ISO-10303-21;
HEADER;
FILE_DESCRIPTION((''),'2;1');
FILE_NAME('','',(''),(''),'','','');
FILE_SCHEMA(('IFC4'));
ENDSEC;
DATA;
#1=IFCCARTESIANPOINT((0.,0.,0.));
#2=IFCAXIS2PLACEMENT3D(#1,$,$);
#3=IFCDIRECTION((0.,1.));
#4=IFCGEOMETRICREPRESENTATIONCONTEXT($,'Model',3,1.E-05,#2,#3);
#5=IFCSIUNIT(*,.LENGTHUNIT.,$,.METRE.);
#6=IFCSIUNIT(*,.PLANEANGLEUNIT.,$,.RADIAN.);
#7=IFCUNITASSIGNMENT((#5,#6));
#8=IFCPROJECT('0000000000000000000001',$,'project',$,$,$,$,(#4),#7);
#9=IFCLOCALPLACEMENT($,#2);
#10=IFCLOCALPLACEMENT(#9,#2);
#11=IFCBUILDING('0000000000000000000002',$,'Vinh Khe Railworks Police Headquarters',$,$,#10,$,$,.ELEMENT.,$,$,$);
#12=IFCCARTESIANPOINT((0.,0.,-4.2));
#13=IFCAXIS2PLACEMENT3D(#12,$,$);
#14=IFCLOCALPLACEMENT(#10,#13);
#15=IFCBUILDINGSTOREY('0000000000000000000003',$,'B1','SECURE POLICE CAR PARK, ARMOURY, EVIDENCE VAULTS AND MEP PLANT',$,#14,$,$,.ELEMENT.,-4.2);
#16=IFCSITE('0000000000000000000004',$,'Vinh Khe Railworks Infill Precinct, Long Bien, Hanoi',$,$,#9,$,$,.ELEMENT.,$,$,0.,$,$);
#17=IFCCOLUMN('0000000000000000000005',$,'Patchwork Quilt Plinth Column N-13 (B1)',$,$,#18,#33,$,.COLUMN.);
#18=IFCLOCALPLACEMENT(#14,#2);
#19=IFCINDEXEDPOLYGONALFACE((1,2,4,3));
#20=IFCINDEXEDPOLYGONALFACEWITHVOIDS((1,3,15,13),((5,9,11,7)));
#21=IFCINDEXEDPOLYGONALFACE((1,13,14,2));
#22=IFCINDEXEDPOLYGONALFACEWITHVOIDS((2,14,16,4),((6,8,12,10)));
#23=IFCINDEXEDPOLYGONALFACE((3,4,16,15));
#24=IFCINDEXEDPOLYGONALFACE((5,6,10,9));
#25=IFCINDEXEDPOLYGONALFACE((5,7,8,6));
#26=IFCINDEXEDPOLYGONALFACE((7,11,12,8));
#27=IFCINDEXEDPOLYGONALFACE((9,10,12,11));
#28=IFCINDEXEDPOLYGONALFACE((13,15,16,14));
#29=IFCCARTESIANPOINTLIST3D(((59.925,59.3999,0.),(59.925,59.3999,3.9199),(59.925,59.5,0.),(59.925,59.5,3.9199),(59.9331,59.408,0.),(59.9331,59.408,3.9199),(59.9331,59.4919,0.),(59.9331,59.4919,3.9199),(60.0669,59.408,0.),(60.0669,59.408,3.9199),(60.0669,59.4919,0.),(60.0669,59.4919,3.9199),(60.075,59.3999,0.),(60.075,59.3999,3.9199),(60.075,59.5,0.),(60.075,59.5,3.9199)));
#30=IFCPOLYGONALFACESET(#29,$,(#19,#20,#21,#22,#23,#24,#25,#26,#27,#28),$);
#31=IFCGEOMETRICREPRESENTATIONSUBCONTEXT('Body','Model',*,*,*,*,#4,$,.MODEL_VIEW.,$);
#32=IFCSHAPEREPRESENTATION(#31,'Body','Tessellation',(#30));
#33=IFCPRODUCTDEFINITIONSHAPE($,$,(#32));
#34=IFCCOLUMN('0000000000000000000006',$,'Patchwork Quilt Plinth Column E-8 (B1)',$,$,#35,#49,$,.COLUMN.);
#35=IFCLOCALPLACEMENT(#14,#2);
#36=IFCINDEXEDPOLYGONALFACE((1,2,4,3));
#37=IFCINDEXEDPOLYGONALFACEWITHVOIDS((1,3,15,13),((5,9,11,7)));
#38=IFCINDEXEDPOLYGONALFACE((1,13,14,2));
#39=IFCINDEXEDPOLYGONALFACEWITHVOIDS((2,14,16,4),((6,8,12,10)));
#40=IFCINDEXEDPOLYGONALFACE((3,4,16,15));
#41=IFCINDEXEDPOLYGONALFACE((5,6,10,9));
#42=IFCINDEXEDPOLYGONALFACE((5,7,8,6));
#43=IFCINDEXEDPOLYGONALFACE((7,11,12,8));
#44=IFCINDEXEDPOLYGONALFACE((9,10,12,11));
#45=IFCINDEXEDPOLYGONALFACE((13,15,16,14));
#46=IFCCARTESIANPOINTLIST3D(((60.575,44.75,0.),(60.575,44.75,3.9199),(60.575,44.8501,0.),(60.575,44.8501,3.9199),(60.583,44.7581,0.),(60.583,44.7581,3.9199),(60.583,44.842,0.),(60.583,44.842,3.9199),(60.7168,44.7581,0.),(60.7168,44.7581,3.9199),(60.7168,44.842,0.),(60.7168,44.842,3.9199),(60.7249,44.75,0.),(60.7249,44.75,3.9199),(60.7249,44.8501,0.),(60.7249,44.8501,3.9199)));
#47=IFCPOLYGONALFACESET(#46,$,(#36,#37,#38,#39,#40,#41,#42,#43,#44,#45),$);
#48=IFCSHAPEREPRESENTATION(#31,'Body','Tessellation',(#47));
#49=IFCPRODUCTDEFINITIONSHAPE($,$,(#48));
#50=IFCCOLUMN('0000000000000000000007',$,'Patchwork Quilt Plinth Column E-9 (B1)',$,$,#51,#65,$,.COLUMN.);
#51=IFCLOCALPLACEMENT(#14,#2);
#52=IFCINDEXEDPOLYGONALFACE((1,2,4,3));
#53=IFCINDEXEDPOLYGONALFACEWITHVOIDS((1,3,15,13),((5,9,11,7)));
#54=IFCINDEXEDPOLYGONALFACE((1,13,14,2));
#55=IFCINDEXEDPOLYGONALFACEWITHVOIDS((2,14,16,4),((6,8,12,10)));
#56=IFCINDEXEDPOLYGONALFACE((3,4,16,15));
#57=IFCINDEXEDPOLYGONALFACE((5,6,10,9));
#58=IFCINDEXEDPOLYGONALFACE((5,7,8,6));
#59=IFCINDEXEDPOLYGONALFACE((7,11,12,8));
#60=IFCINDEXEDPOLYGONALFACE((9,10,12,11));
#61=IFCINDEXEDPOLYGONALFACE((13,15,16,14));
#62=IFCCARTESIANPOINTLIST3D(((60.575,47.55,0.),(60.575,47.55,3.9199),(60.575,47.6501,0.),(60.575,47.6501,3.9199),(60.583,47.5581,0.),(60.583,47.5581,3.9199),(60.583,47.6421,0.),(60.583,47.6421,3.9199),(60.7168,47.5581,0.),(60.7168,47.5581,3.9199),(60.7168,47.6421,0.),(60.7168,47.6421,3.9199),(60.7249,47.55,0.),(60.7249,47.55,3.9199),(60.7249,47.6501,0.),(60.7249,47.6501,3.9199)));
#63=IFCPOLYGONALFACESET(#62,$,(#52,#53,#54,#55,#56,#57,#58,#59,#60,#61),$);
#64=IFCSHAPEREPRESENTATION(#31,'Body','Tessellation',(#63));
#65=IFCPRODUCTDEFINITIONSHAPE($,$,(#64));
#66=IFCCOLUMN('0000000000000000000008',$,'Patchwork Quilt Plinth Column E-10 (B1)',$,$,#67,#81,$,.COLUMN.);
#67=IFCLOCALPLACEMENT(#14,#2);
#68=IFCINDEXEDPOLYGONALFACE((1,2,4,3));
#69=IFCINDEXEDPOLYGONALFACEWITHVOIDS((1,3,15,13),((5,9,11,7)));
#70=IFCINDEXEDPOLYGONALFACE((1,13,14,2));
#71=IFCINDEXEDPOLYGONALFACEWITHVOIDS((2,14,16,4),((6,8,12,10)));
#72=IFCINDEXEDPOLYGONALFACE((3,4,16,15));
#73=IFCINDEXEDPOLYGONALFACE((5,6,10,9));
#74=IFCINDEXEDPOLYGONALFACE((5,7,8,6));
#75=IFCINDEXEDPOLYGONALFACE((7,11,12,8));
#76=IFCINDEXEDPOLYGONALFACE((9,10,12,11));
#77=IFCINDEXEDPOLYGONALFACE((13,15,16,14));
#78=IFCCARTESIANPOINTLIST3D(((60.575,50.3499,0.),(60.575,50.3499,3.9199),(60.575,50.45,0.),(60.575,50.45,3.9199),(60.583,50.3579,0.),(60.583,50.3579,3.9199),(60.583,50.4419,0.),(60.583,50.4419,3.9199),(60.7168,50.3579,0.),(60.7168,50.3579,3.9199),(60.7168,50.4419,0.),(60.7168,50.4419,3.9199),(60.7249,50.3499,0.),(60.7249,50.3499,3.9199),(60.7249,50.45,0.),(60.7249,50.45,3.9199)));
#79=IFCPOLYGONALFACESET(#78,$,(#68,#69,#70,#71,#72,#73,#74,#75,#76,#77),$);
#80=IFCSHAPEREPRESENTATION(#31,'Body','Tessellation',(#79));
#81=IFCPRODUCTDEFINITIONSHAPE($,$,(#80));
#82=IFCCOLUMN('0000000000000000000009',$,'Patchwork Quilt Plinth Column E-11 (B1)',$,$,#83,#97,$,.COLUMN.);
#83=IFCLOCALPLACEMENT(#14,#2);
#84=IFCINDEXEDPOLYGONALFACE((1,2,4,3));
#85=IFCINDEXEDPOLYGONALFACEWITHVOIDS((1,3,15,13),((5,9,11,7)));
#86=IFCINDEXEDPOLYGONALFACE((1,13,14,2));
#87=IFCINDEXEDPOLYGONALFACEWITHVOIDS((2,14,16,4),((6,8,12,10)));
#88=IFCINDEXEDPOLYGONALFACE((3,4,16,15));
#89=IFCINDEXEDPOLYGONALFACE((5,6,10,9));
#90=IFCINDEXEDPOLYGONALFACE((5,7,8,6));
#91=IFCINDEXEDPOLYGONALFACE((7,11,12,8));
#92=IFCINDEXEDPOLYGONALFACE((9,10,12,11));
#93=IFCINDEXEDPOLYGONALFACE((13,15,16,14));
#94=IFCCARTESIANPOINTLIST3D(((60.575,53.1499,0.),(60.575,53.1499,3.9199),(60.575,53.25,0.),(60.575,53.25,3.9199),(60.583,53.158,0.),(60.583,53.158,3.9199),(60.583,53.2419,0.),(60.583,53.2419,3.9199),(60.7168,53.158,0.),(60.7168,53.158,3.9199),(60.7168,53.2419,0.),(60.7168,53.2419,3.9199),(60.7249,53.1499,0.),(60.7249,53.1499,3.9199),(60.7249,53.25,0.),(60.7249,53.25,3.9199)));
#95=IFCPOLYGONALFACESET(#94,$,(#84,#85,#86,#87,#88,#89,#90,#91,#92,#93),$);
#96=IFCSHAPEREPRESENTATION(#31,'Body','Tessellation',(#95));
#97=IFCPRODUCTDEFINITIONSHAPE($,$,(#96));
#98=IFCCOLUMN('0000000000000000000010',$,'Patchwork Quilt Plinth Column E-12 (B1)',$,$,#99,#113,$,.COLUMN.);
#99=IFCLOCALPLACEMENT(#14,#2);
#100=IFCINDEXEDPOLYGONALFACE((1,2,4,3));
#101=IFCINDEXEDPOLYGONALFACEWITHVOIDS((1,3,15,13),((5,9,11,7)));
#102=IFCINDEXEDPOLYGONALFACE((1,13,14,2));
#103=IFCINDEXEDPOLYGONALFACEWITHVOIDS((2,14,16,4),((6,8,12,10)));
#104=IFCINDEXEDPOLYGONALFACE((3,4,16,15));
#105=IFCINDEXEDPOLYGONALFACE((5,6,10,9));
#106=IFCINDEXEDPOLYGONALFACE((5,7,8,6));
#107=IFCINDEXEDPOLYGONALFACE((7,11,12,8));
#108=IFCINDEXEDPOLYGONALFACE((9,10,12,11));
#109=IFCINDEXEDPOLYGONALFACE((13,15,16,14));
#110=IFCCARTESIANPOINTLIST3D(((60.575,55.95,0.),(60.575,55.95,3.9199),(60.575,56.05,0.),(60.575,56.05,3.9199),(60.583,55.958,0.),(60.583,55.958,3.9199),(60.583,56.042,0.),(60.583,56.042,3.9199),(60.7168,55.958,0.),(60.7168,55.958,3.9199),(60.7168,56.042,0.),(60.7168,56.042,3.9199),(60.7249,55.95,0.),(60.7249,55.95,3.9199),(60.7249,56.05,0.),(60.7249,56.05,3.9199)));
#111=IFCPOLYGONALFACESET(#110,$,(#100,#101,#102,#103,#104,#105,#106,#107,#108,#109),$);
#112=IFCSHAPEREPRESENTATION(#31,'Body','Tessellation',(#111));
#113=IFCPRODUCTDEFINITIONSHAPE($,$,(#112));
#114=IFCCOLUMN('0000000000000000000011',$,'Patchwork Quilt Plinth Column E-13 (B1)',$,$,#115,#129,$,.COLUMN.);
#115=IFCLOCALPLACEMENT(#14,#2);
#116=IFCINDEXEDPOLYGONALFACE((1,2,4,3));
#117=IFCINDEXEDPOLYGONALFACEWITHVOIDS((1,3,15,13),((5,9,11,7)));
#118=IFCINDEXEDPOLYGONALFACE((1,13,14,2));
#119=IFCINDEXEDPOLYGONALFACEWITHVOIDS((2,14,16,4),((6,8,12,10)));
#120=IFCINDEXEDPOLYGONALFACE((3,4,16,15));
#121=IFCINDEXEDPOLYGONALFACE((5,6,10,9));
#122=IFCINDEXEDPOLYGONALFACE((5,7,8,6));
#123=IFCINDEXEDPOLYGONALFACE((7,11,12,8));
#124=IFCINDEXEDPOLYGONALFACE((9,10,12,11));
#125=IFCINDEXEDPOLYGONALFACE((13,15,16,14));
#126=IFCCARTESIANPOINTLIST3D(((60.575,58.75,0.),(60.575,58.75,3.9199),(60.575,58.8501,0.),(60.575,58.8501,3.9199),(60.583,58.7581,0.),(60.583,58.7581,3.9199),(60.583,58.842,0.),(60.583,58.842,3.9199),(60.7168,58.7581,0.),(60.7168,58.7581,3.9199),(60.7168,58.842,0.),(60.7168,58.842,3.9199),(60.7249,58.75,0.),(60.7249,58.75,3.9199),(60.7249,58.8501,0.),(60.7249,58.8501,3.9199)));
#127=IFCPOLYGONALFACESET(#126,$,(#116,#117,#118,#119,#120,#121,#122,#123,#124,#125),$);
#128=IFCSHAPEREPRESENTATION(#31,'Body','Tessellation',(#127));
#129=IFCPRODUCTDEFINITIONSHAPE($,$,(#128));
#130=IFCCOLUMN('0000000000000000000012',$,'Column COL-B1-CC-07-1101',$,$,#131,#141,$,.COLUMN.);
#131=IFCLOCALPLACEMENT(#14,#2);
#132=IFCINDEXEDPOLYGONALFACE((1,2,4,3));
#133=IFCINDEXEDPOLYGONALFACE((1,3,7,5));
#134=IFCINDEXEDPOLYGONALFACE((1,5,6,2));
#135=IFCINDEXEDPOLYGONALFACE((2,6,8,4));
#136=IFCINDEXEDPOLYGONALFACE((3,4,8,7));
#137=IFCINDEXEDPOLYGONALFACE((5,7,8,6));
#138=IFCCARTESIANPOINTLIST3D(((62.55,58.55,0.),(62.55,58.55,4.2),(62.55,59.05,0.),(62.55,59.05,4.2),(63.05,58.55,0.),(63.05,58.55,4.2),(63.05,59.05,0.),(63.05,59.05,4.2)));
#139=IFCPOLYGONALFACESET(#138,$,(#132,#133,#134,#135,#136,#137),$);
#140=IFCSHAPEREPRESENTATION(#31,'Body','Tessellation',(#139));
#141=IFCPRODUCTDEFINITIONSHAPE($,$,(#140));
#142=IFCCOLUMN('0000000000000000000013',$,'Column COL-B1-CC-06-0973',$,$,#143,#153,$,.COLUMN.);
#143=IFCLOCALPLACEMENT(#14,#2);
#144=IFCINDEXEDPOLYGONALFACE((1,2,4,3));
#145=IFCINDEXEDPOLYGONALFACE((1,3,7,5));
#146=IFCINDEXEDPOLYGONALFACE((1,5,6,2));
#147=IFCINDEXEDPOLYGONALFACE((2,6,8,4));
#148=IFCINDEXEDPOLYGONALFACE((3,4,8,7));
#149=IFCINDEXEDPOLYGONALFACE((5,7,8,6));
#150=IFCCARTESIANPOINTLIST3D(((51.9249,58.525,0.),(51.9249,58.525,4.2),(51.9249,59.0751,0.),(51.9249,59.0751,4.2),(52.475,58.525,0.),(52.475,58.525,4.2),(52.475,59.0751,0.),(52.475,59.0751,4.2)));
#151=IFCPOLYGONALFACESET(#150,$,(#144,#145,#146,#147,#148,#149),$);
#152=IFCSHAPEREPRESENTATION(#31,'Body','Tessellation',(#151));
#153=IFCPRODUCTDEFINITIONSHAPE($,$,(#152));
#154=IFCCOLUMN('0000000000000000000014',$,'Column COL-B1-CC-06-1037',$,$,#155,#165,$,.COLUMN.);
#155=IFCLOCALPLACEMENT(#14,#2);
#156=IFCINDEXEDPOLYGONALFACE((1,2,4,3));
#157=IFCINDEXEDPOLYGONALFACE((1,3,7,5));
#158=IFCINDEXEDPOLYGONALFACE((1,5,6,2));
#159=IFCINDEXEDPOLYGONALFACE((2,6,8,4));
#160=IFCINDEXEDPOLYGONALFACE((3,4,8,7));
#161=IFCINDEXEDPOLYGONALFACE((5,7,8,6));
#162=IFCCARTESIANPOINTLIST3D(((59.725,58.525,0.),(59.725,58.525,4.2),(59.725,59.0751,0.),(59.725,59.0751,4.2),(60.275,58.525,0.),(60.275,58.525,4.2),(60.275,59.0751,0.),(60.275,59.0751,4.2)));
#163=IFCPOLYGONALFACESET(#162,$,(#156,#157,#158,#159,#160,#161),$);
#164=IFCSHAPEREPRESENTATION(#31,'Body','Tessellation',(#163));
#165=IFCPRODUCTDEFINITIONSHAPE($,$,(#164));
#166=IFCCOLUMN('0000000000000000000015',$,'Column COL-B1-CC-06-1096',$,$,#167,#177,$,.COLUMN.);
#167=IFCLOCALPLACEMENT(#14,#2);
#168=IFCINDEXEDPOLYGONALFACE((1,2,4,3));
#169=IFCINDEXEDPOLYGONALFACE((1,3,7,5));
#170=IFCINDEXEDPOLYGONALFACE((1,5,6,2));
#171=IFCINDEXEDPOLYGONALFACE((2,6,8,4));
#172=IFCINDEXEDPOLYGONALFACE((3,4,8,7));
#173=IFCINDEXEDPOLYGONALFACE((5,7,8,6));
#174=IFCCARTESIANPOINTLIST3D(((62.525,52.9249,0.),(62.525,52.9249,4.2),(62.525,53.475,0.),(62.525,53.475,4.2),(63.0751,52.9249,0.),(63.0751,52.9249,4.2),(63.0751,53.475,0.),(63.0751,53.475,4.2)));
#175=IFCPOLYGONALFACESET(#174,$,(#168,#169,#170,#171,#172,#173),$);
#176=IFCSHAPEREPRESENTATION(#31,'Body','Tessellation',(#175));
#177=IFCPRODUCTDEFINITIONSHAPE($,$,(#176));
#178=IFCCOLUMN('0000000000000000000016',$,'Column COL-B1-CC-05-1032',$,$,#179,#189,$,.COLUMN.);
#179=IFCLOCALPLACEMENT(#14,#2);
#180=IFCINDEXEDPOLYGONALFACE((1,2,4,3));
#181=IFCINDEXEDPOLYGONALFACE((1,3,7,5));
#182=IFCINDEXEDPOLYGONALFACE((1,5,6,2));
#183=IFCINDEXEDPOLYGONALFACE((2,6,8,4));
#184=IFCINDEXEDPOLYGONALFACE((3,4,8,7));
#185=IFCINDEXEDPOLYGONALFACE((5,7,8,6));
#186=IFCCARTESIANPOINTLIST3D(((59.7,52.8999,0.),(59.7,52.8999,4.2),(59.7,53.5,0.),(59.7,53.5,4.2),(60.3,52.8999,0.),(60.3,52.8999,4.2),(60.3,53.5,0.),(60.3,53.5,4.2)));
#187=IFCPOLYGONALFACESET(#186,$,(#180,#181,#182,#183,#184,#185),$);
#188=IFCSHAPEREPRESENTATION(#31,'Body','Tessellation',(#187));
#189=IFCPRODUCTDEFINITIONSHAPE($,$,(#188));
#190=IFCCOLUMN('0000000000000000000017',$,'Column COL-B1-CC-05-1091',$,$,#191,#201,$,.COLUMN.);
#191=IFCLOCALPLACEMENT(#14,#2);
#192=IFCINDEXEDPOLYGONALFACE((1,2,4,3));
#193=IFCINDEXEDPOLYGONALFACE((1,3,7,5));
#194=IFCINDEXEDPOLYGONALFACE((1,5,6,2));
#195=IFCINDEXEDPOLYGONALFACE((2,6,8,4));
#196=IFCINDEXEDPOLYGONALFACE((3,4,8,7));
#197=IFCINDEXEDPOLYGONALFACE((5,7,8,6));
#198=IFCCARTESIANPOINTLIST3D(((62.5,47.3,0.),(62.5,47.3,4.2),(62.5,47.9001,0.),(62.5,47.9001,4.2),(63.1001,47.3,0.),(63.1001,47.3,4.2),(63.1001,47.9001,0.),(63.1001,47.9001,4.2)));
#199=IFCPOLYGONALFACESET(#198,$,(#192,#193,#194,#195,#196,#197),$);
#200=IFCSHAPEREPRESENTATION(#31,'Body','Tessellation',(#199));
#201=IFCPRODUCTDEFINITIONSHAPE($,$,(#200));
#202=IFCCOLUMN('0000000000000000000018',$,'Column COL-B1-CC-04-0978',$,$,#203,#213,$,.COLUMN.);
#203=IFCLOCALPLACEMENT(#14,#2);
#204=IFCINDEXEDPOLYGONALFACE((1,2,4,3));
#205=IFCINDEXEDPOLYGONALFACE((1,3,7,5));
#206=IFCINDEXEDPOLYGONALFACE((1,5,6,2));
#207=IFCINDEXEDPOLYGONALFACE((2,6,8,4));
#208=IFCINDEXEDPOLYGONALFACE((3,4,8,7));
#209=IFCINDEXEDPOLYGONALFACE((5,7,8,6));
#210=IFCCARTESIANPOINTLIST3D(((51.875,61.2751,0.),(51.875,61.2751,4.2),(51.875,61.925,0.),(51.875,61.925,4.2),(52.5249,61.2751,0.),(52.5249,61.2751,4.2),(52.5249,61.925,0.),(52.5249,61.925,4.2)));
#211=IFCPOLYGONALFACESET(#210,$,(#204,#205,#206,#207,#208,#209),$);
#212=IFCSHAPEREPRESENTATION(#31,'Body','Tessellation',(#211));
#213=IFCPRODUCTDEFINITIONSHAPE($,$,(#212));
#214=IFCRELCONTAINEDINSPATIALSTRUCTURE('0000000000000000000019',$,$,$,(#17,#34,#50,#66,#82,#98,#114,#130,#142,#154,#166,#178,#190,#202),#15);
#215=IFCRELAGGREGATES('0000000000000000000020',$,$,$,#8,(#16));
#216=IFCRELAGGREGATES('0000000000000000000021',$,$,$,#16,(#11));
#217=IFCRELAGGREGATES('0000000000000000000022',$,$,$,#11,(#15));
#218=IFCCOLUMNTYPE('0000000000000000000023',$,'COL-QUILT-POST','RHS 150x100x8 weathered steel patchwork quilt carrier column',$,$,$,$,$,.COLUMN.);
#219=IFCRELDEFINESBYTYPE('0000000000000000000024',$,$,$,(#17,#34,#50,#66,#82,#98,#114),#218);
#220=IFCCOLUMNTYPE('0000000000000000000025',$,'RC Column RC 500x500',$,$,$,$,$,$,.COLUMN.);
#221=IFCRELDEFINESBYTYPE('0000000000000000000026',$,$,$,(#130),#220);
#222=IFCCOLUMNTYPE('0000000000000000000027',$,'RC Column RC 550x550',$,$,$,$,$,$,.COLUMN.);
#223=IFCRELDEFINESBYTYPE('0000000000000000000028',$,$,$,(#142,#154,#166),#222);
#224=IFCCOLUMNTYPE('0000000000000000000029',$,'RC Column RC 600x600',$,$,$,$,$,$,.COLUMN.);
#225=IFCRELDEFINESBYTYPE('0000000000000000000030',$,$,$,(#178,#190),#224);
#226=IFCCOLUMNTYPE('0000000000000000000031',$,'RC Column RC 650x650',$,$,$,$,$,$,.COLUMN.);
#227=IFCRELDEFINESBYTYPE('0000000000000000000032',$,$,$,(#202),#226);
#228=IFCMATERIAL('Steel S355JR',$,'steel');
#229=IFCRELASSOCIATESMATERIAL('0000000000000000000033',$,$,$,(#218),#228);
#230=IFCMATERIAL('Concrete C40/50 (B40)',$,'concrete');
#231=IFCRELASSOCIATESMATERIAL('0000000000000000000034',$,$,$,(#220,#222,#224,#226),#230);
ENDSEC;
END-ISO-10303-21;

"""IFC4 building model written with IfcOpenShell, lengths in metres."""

from ifc_helpers import new_model, si_unit, direction, frame, origin, origin_2d, place, context, subcontext, project, spatial, rectangle, hollow_rectangle, extrude, material, material_profile, profile_set, type_object, element, save


model = new_model("IFC4")

# Units and contexts
model_context = context("Model", 3, precision=1e-05, world=origin(), true_north=direction((0.0, 1.0)))
body_context = subcontext(model_context, "Body", "Model", "MODEL_VIEW")
ifc_project = project(units=[si_unit("LENGTHUNIT", "METRE"), si_unit("PLANEANGLEUNIT", "RADIAN")], contexts=[model_context])

# Site, building, storey
site_placement = place(None, origin())
site = spatial("IfcSite", under=ifc_project, at=site_placement, Name="Vinh Khe Railworks Infill Precinct, Long Bien, Hanoi", CompositionType="ELEMENT", RefElevation=0.0)
building_placement = place(site_placement, origin())
building = spatial("IfcBuilding", under=site, at=building_placement, Name="Vinh Khe Railworks Police Headquarters", CompositionType="ELEMENT")
storey_placement = place(building_placement, frame((0.0, 0.0, -4.2)))
storey = spatial("IfcBuildingStorey", under=building, at=storey_placement, Name="B1", Description="SECURE POLICE CAR PARK, ARMOURY, EVIDENCE VAULTS AND MEP PLANT", CompositionType="ELEMENT", Elevation=-4.2)

# Columns
ifc_material_1 = material(Name="Steel S355JR", Category="steel")
ifc_material_profile_1 = material_profile(ifc_material_1, hollow_rectangle(XDim=0.1499, YDim=0.1001, WallThickness=0.0081, at=origin_2d()), Name="RHS 150x100x8")
ifc_profile_set_1 = profile_set([ifc_material_profile_1], Name="Steel S355JR")
column_type_1 = type_object("IfcColumnType", Name="COL-QUILT-POST", Description="RHS 150x100x8 weathered steel patchwork quilt carrier column", PredefinedType="COLUMN", material=ifc_profile_set_1)
for number, where, z_axis, x_axis, name in (
    (1, (60.0, 59.45, 0.0), (0.0, 0.0, 1.0), (1.0, 0.0, 0.0), "Patchwork Quilt Plinth Column N-13 (B1)"),
    (2, (60.6499, 44.8, 0.0), (0.0, 0.0, 1.0), (1.0, 0.0, 0.0), "Patchwork Quilt Plinth Column E-8 (B1)"),
    (3, (60.6499, 47.6001, 0.0), (0.0, 0.0, 1.0), (1.0, 0.0, 0.0), "Patchwork Quilt Plinth Column E-9 (B1)"),
    (4, (60.6499, 50.3999, 0.0), (0.0, 0.0, 1.0), (1.0, 0.0, 0.0), "Patchwork Quilt Plinth Column E-10 (B1)"),
    (5, (60.6499, 53.2, 0.0), (0.0, 0.0, 1.0), (1.0, 0.0, 0.0), "Patchwork Quilt Plinth Column E-11 (B1)"),
    (6, (60.6499, 56.0, 0.0), (0.0, 0.0, 1.0), (1.0, 0.0, 0.0), "Patchwork Quilt Plinth Column E-12 (B1)"),
    (7, (60.6499, 58.8, 0.0), (0.0, 0.0, 1.0), (1.0, 0.0, 0.0), "Patchwork Quilt Plinth Column E-13 (B1)"),
):
    element("IfcColumn", number, at=place(storey_placement, frame(where, z_axis=z_axis, x_axis=x_axis)), inside=storey, type_object=column_type_1, Name=name, PredefinedType="COLUMN", context=body_context, shape_type="SweptSolid", body=[
        extrude(hollow_rectangle(XDim=0.1499, YDim=0.1001, WallThickness=0.0081, at=origin_2d()), origin(), (0.0, 0.0, 1.0), 3.9199),
    ])
ifc_material_2 = material(Name="Concrete C40/50 (B40)", Category="concrete")
ifc_material_profile_2 = material_profile(ifc_material_2, rectangle(XDim=0.5, YDim=0.5, at=origin_2d()), Name="RC 500x500")
ifc_profile_set_2 = profile_set([ifc_material_profile_2], Name="Concrete C40/50 (B40)")
column_type_2 = type_object("IfcColumnType", Name="RC Column RC 500x500", PredefinedType="COLUMN", material=ifc_profile_set_2)
column_placement = place(storey_placement, frame((62.8, 58.8, 0.0), z_axis=(0.0, 0.0, 1.0), x_axis=(1.0, 0.0, 0.0)))
element("IfcColumn", 8, at=column_placement, inside=storey, type_object=column_type_2, Name="Column COL-B1-CC-07-1101", PredefinedType="COLUMN", context=body_context, shape_type="SweptSolid", body=[
    extrude(rectangle(XDim=0.5, YDim=0.5, at=origin_2d()), origin(), (0.0, 0.0, 1.0), 4.2),
])
ifc_material_profile_3 = material_profile(ifc_material_2, rectangle(XDim=0.55, YDim=0.55, at=origin_2d()), Name="RC 550x550")
ifc_profile_set_3 = profile_set([ifc_material_profile_3], Name="Concrete C40/50 (B40)")
column_type_3 = type_object("IfcColumnType", Name="RC Column RC 550x550", PredefinedType="COLUMN", material=ifc_profile_set_3)
for number, where, z_axis, x_axis, name in (
    (9, (52.2, 58.8, 0.0), (0.0, 0.0, 1.0), (1.0, 0.0, 0.0), "Column COL-B1-CC-06-0973"),
    (10, (60.0, 58.8, 0.0), (0.0, 0.0, 1.0), (1.0, 0.0, 0.0), "Column COL-B1-CC-06-1037"),
    (11, (62.8, 53.2, 0.0), (0.0, 0.0, 1.0), (1.0, 0.0, 0.0), "Column COL-B1-CC-06-1096"),
):
    element("IfcColumn", number, at=place(storey_placement, frame(where, z_axis=z_axis, x_axis=x_axis)), inside=storey, type_object=column_type_3, Name=name, PredefinedType="COLUMN", context=body_context, shape_type="SweptSolid", body=[
        extrude(rectangle(XDim=0.55, YDim=0.55, at=origin_2d()), origin(), (0.0, 0.0, 1.0), 4.2),
    ])
ifc_material_profile_4 = material_profile(ifc_material_2, rectangle(XDim=0.6001, YDim=0.6001, at=origin_2d()), Name="RC 600x600")
ifc_profile_set_4 = profile_set([ifc_material_profile_4], Name="Concrete C40/50 (B40)")
column_type_4 = type_object("IfcColumnType", Name="RC Column RC 600x600", PredefinedType="COLUMN", material=ifc_profile_set_4)
for number, where, z_axis, x_axis, name in (
    (12, (60.0, 53.2, 0.0), (0.0, 0.0, 1.0), (1.0, 0.0, 0.0), "Column COL-B1-CC-05-1032"),
    (13, (62.8, 47.6001, 0.0), (0.0, 0.0, 1.0), (1.0, 0.0, 0.0), "Column COL-B1-CC-05-1091"),
):
    element("IfcColumn", number, at=place(storey_placement, frame(where, z_axis=z_axis, x_axis=x_axis)), inside=storey, type_object=column_type_4, Name=name, PredefinedType="COLUMN", context=body_context, shape_type="SweptSolid", body=[
        extrude(rectangle(XDim=0.6001, YDim=0.6001, at=origin_2d()), origin(), (0.0, 0.0, 1.0), 4.2),
    ])
ifc_material_profile_5 = material_profile(ifc_material_2, rectangle(XDim=0.6499, YDim=0.6499, at=origin_2d()), Name="RC 650x650")
ifc_profile_set_5 = profile_set([ifc_material_profile_5], Name="Concrete C40/50 (B40)")
column_type_5 = type_object("IfcColumnType", Name="RC Column RC 650x650", PredefinedType="COLUMN", material=ifc_profile_set_5)
for number, where, z_axis, x_axis, name in (
    (14, (52.2, 61.6001, 0.0), (0.0, 0.0, 1.0), (1.0, 0.0, 0.0), "Column COL-B1-CC-04-0978"),
):
    element("IfcColumn", number, at=place(storey_placement, frame(where, z_axis=z_axis, x_axis=x_axis)), inside=storey, type_object=column_type_5, Name=name, PredefinedType="COLUMN", context=body_context, shape_type="SweptSolid", body=[
        extrude(rectangle(XDim=0.6499, YDim=0.6499, at=origin_2d()), origin(), (0.0, 0.0, 1.0), 4.2),
    ])

save(model, "model.ifc")
